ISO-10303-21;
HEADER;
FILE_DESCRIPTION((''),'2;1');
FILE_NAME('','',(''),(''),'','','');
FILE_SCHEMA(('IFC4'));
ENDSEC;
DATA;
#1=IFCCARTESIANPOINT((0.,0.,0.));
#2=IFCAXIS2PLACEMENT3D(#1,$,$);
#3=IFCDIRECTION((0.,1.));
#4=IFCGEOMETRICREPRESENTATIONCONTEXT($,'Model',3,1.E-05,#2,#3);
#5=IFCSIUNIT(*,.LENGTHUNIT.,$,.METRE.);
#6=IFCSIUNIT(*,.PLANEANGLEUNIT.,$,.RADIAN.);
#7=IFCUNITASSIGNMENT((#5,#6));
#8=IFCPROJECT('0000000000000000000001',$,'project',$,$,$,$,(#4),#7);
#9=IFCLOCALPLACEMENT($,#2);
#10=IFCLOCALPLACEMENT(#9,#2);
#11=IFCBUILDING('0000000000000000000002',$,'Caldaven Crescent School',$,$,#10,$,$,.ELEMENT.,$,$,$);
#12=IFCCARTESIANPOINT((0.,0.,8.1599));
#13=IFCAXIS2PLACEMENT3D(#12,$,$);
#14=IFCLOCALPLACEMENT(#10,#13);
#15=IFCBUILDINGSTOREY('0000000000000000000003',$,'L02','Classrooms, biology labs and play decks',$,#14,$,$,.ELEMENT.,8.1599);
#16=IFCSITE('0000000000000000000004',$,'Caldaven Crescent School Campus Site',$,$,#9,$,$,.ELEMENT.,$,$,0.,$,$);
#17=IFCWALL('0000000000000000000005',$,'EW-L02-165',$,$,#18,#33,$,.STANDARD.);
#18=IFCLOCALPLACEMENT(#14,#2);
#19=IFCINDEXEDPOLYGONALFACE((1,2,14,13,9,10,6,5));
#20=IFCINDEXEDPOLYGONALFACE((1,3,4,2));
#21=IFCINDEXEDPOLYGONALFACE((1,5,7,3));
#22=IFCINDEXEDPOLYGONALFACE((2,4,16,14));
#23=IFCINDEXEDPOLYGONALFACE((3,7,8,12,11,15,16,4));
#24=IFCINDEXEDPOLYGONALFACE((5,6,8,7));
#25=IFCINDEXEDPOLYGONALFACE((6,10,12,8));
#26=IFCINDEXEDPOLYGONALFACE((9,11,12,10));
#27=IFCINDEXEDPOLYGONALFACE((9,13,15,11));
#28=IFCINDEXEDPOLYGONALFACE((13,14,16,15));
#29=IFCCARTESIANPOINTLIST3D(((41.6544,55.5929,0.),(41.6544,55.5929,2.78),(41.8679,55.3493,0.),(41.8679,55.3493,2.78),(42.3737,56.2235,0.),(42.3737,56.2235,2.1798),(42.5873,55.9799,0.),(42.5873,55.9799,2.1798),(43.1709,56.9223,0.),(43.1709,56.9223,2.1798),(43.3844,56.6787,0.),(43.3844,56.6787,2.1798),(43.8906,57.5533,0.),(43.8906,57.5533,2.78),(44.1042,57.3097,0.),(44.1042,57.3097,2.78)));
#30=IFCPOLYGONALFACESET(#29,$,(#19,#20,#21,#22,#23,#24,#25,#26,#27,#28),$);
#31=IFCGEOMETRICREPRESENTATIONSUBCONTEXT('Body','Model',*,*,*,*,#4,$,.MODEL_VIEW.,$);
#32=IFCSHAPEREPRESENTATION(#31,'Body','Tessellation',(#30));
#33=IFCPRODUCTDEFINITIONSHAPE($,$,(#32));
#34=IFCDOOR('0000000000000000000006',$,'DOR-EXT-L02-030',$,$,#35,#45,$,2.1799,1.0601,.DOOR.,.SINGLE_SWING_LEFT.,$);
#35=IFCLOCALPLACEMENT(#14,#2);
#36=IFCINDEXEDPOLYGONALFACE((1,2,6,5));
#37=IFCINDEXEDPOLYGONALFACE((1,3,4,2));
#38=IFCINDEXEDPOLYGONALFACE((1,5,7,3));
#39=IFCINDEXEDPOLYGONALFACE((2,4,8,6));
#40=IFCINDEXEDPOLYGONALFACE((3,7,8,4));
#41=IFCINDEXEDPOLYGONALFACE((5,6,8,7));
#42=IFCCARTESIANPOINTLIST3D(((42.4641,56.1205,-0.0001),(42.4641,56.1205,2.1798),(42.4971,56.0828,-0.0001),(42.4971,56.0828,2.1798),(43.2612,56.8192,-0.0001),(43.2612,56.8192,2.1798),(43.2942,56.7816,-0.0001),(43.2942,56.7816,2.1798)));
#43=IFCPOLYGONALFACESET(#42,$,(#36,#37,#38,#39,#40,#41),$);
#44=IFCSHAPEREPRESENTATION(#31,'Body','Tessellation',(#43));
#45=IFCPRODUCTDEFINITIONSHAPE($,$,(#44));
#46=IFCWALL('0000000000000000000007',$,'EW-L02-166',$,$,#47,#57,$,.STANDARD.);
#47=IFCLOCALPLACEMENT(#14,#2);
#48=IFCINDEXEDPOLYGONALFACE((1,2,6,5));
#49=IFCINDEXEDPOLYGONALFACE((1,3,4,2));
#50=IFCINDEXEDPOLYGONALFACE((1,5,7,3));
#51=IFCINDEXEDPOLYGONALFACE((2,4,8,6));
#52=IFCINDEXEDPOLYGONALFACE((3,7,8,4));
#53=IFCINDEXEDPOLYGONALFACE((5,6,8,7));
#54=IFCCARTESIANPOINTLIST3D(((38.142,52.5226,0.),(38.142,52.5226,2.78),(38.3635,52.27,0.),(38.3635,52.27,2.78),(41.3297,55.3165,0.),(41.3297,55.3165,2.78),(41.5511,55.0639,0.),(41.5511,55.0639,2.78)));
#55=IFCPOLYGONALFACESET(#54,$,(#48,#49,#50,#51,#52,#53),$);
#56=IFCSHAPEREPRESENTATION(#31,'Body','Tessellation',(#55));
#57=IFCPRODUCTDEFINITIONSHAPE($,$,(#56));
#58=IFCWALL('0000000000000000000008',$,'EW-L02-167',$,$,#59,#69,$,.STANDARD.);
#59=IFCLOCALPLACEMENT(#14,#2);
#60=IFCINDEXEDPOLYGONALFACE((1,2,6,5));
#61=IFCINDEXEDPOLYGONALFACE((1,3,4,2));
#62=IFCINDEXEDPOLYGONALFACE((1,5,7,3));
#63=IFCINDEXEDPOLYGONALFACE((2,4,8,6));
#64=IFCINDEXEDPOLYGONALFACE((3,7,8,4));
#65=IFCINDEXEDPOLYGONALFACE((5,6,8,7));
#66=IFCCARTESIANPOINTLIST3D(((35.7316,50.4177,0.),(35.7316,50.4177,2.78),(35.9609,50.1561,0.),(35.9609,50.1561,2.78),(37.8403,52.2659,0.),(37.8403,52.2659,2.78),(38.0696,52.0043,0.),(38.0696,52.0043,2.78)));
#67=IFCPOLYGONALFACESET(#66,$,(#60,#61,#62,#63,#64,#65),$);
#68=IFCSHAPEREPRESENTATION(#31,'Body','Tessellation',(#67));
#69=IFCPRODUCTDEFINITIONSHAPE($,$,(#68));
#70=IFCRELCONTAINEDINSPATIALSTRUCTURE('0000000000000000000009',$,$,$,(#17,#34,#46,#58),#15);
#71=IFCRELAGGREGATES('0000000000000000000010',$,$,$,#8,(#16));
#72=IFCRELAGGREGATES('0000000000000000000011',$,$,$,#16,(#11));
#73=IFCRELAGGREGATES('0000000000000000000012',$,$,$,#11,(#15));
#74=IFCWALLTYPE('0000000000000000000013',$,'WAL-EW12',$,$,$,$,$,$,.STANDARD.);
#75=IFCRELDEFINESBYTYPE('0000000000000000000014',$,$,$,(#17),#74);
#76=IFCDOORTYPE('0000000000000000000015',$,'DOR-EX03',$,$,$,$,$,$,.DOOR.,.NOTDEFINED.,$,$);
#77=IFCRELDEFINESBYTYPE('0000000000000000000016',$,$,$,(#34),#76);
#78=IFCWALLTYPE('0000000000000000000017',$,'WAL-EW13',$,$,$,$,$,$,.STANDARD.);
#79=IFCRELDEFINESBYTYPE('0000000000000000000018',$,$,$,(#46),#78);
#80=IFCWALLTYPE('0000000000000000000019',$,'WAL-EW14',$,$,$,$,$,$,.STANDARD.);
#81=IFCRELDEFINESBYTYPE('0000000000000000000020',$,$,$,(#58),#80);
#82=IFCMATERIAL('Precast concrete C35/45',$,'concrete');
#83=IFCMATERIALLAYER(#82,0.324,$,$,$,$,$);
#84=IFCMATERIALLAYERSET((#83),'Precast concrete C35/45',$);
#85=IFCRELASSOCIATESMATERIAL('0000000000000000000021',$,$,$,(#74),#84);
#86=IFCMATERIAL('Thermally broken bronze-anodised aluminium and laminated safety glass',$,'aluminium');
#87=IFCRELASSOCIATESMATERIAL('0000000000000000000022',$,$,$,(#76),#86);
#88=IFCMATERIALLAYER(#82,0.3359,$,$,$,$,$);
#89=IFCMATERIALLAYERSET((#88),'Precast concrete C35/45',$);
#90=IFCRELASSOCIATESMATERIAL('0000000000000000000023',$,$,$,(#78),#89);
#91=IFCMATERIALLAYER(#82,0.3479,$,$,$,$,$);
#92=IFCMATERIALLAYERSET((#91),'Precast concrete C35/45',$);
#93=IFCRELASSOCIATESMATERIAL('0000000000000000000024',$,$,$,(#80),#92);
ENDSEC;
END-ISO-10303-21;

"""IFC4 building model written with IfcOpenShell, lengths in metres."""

from ifc_helpers import new_model, si_unit, direction, frame, frame_2d, origin, place, context, subcontext, project, spatial, rectangle, extrude, material, layer, layer_set, type_object, element, fill, save


model = new_model("IFC4")

# Units and contexts
model_context = context("Model", 3, precision=1e-05, world=origin(), true_north=direction((0.0, 1.0)))
body_context = subcontext(model_context, "Body", "Model", "MODEL_VIEW")
ifc_project = project(units=[si_unit("LENGTHUNIT", "METRE"), si_unit("PLANEANGLEUNIT", "RADIAN")], contexts=[model_context])

# Site, building, storey
site_placement = place(None, origin())
site = spatial("IfcSite", under=ifc_project, at=site_placement, Name="Caldaven Crescent School Campus Site", CompositionType="ELEMENT", RefElevation=0.0)
building_placement = place(site_placement, origin())
building = spatial("IfcBuilding", under=site, at=building_placement, Name="Caldaven Crescent School", CompositionType="ELEMENT")
storey_placement = place(building_placement, frame((0.0, 0.0, 8.1599)))
storey = spatial("IfcBuildingStorey", under=building, at=storey_placement, Name="L02", Description="Classrooms, biology labs and play decks", CompositionType="ELEMENT", Elevation=8.1599)

# Wall, opening, door
ifc_material_1 = material(Name="Precast concrete C35/45", Category="concrete")
ifc_layer_1 = layer(ifc_material_1, 0.324)
ifc_layer_set_1 = layer_set([ifc_layer_1], Name="Precast concrete C35/45")
wall_type_1 = type_object("IfcWallType", Name="WAL-EW12", PredefinedType="STANDARD", material=ifc_layer_set_1)
wall_1_placement = place(storey_placement, frame((43.9973, 57.4314, 0.0), z_axis=(0.0, 0.0, 1.0), x_axis=(-0.751966, -0.659202, 0.0)))
wall_1 = element("IfcWall", 1, at=wall_1_placement, inside=storey, type_object=wall_type_1, Name="EW-L02-165", PredefinedType="STANDARD", context=body_context, shape_type="SweptSolid", body=[
    extrude(rectangle(XDim=2.9739, YDim=0.324, at=frame_2d((1.4868, 0.0))), origin(), (0.0, 0.0, 1.0), 2.78),
])
opening_1_placement = place(wall_1_placement, frame((0.957, 0.0, 0.0)))
opening_1 = element("IfcOpeningElement", 2, at=opening_1_placement, cuts=wall_1, PredefinedType="OPENING", context=body_context, shape_type="SweptSolid", body=[
    extrude(rectangle(XDim=1.0601, YDim=2.1799, at=frame_2d((0.53, 1.0898))), frame((0.0, 0.1719, 0.0), z_axis=(0.0, -1.0, 0.0), x_axis=(1.0, 0.0, 0.0)), (0.0, 0.0, 1.0), 0.344),
])
ifc_material_2 = material(Name="Thermally broken bronze-anodised aluminium and laminated safety glass", Category="aluminium")
door_type_1 = type_object("IfcDoorType", Name="DOR-EX03", OperationType="NOTDEFINED", PredefinedType="DOOR", material=ifc_material_2)
door_1_placement = place(opening_1_placement, frame((1.0601, 0.0, 0.0), z_axis=(0.0, 0.0, 1.0), x_axis=(-1.0, 0.0, 0.0)))
door_1 = element("IfcDoor", 3, at=door_1_placement, inside=storey, type_object=door_type_1, Name="DOR-EXT-L02-030", OperationType="SINGLE_SWING_LEFT", OverallHeight=2.1799, OverallWidth=1.0601, PredefinedType="DOOR", context=body_context, shape_type="SweptSolid", body=[
    extrude(rectangle(XDim=1.0601, YDim=2.1799, at=frame_2d((0.53, 1.0898))), frame((0.0, 0.0249, 0.0), z_axis=(0.0, -1.0, 0.0), x_axis=(1.0, 0.0, 0.0)), (0.0, 0.0, 1.0), 0.05),
])
fill(opening_1, door_1)

# Walls
ifc_layer_2 = layer(ifc_material_1, 0.3359)
ifc_layer_set_2 = layer_set([ifc_layer_2], Name="Precast concrete C35/45")
wall_type_2 = type_object("IfcWallType", Name="WAL-EW13", PredefinedType="STANDARD", material=ifc_layer_set_2)
wall_2_placement = place(storey_placement, frame((41.4404, 55.1902, 0.0), z_axis=(0.0, 0.0, 1.0), x_axis=(-0.752031, -0.659128, 0.0)))
element("IfcWall", 4, at=wall_2_placement, inside=storey, type_object=wall_type_2, Name="EW-L02-166", PredefinedType="STANDARD", context=body_context, shape_type="SweptSolid", body=[
    extrude(rectangle(XDim=4.2388, YDim=0.3359, at=frame_2d((2.1194, 0.0))), origin(), (0.0, 0.0, 1.0), 2.78),
])
ifc_layer_3 = layer(ifc_material_1, 0.3479)
ifc_layer_set_3 = layer_set([ifc_layer_3], Name="Precast concrete C35/45")
wall_type_3 = type_object("IfcWallType", Name="WAL-EW14", PredefinedType="STANDARD", material=ifc_layer_set_3)
wall_3_placement = place(storey_placement, frame((37.9548, 52.135, 0.0), z_axis=(0.0, 0.0, 1.0), x_axis=(-0.752032, -0.659127, 0.0)))
element("IfcWall", 5, at=wall_3_placement, inside=storey, type_object=wall_type_3, Name="EW-L02-167", PredefinedType="STANDARD", context=body_context, shape_type="SweptSolid", body=[
    extrude(rectangle(XDim=2.804, YDim=0.3479, at=frame_2d((1.4019, 0.0))), origin(), (0.0, 0.0, 1.0), 2.78),
])

save(model, "model.ifc")
